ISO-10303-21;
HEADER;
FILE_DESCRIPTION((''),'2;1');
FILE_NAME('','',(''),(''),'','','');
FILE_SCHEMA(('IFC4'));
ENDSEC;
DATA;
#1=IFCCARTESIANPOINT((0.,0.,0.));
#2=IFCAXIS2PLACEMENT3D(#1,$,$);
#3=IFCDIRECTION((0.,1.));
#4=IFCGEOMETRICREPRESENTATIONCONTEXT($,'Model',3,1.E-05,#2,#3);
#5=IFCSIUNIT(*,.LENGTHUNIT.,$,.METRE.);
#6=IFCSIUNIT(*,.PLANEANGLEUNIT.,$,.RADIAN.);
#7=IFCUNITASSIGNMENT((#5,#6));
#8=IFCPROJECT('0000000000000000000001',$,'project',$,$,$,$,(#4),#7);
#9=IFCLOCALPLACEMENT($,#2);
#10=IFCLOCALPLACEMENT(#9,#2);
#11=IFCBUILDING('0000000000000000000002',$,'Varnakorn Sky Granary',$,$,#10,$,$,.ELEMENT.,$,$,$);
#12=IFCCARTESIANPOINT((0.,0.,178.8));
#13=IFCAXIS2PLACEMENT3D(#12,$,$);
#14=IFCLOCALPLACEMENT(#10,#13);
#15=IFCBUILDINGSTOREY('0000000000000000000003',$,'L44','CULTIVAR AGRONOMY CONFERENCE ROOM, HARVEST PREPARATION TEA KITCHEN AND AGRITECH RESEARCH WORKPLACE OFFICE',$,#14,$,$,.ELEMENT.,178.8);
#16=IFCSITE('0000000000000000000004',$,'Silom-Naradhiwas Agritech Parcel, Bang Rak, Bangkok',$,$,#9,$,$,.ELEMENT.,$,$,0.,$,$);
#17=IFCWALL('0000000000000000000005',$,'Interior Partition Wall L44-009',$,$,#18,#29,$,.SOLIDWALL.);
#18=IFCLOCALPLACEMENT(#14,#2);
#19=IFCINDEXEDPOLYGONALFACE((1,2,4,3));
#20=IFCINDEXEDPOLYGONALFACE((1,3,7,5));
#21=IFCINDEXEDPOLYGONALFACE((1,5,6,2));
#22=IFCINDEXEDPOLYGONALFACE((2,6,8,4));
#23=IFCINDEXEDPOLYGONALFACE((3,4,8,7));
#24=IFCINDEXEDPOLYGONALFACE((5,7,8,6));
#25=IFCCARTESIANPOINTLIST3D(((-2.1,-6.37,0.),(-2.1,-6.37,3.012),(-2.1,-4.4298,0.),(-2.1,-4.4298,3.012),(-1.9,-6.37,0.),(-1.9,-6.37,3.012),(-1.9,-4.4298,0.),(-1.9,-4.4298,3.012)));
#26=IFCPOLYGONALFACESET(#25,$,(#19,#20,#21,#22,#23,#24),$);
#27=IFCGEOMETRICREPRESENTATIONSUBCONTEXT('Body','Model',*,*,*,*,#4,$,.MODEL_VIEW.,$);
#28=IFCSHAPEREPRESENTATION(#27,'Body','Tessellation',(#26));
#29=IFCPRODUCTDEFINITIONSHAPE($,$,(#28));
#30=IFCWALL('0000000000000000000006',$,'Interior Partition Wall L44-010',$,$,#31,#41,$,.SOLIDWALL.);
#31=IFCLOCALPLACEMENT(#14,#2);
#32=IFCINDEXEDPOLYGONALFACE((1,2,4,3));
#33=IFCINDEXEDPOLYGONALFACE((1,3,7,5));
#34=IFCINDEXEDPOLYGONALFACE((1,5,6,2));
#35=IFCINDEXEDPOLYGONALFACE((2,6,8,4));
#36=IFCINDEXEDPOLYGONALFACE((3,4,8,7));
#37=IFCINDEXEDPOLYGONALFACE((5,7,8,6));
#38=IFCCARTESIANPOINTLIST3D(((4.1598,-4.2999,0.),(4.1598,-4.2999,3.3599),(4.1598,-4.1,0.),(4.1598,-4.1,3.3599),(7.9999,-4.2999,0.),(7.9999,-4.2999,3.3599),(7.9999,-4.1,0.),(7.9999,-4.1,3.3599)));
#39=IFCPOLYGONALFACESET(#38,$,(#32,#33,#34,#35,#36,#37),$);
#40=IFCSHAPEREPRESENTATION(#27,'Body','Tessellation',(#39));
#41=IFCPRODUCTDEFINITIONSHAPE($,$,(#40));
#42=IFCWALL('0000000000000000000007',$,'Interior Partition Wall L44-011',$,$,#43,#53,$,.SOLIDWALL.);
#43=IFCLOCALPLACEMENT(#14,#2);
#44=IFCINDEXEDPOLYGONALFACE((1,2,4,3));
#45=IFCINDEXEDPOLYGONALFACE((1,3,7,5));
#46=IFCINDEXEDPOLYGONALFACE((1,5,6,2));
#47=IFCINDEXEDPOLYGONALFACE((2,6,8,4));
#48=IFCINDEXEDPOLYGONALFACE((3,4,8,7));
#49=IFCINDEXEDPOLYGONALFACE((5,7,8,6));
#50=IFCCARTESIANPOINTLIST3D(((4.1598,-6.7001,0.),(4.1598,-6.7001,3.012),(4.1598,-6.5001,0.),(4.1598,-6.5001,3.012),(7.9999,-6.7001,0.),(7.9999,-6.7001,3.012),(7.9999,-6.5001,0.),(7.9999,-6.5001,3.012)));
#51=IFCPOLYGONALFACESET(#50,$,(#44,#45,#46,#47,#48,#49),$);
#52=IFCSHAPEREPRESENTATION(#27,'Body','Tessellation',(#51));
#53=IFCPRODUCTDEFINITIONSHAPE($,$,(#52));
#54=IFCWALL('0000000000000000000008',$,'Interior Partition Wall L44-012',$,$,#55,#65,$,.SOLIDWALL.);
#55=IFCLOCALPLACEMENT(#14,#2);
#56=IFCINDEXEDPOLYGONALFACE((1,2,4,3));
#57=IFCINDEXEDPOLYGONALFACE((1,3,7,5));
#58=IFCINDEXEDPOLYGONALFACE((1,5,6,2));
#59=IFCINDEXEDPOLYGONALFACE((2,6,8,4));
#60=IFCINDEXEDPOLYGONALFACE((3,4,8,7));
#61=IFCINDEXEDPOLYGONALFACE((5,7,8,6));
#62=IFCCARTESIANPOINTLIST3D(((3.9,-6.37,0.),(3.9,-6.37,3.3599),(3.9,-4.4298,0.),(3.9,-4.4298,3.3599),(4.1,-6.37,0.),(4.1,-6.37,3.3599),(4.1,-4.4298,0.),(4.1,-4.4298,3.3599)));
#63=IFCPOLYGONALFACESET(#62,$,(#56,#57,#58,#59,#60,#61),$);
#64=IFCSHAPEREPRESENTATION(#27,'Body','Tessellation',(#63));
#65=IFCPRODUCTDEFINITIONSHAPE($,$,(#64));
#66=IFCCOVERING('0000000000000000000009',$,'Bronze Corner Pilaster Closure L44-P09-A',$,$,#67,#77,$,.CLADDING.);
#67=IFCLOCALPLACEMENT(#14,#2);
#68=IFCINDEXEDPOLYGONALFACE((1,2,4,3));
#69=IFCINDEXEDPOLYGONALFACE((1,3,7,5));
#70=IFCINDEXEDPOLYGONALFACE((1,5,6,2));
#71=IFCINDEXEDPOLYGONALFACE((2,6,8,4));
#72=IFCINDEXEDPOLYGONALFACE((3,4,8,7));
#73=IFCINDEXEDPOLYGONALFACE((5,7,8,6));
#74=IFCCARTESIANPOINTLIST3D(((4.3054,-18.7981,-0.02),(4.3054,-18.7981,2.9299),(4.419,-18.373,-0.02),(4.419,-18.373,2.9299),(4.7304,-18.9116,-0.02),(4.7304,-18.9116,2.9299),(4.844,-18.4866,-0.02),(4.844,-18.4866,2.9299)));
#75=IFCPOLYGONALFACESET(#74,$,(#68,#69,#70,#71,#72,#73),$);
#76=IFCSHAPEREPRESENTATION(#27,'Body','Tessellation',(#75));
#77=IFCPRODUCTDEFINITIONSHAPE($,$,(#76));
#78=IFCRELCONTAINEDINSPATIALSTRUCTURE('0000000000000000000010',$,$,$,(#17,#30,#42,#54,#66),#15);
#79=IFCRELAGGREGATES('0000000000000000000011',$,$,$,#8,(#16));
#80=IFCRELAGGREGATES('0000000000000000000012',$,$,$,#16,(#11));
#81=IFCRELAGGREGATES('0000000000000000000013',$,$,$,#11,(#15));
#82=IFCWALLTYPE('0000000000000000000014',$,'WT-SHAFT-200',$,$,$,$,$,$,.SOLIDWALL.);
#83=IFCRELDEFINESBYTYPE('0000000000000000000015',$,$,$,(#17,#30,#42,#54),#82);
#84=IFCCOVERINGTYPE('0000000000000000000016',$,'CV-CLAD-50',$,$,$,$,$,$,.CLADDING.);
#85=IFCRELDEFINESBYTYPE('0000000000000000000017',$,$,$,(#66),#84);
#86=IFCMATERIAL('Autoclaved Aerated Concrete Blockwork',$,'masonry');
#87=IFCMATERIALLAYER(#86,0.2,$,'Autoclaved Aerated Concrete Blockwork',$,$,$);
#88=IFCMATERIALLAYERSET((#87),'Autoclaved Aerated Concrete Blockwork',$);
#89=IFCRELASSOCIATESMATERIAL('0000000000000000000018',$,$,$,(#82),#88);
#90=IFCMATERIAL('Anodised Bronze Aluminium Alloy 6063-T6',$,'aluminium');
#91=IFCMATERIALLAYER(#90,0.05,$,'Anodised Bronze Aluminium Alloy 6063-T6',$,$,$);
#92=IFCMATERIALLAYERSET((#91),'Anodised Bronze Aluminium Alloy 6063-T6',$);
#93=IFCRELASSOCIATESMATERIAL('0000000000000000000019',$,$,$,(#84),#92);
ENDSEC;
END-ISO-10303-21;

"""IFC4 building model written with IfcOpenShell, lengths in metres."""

from ifc_helpers import new_model, si_unit, direction, frame, frame_2d, origin, origin_2d, place, context, subcontext, project, spatial, rectangle, extrude, source, transform, mapped, material, layer, layer_set, type_object, type_shapes, element, save


model = new_model("IFC4")

# Units and contexts
model_context = context("Model", 3, precision=1e-05, world=origin(), true_north=direction((0.0, 1.0)))
body_context = subcontext(model_context, "Body", "Model", "MODEL_VIEW")
ifc_project = project(units=[si_unit("LENGTHUNIT", "METRE"), si_unit("PLANEANGLEUNIT", "RADIAN")], contexts=[model_context])

# Site, building, storey
site_placement = place(None, origin())
site = spatial("IfcSite", under=ifc_project, at=site_placement, Name="Silom-Naradhiwas Agritech Parcel, Bang Rak, Bangkok", CompositionType="ELEMENT", RefElevation=0.0)
building_placement = place(site_placement, origin())
building = spatial("IfcBuilding", under=site, at=building_placement, Name="Varnakorn Sky Granary", CompositionType="ELEMENT")
storey_placement = place(building_placement, frame((0.0, 0.0, 178.8)))
storey = spatial("IfcBuildingStorey", under=building, at=storey_placement, Name="L44", Description="CULTIVAR AGRONOMY CONFERENCE ROOM, HARVEST PREPARATION TEA KITCHEN AND AGRITECH RESEARCH WORKPLACE OFFICE", CompositionType="ELEMENT", Elevation=178.8)

# Shared definitions
ifc_material_1 = material(Name="Autoclaved Aerated Concrete Blockwork", Category="masonry")

# Shared definitions
ifc_layer_1 = layer(ifc_material_1, 0.2, Name="Autoclaved Aerated Concrete Blockwork")
ifc_layer_set_1 = layer_set([ifc_layer_1], Name="Autoclaved Aerated Concrete Blockwork")
wall_type_1 = type_object("IfcWallType", Name="WT-SHAFT-200", PredefinedType="SOLIDWALL", material=ifc_layer_set_1)

# Walls
wall_1_placement = place(storey_placement, frame((-2.0, -6.3701, 0.0), z_axis=(0.0, 0.0, 1.0), x_axis=(0.0, 1.0, 0.0)))
element("IfcWall", 1, at=wall_1_placement, inside=storey, type_object=wall_type_1, Name="Interior Partition Wall L44-009", PredefinedType="SOLIDWALL", context=body_context, shape_type="SweptSolid", body=[
    extrude(rectangle(XDim=1.9402, YDim=0.2, at=frame_2d((0.9702, 0.0))), origin(), (0.0, 0.0, 1.0), 3.012),
])
wall_2_placement = place(storey_placement, frame((4.1599, -4.2, 0.0), z_axis=(0.0, 0.0, 1.0), x_axis=(1.0, 0.0, 0.0)))
element("IfcWall", 2, at=wall_2_placement, inside=storey, type_object=wall_type_1, Name="Interior Partition Wall L44-010", PredefinedType="SOLIDWALL", context=body_context, shape_type="SweptSolid", body=[
    extrude(rectangle(XDim=3.8401, YDim=0.2, at=frame_2d((1.9199, 0.0))), origin(), (0.0, 0.0, 1.0), 3.3599),
])
wall_3_placement = place(storey_placement, frame((4.1599, -6.6001, 0.0), z_axis=(0.0, 0.0, 1.0), x_axis=(1.0, 0.0, 0.0)))
element("IfcWall", 3, at=wall_3_placement, inside=storey, type_object=wall_type_1, Name="Interior Partition Wall L44-011", PredefinedType="SOLIDWALL", context=body_context, shape_type="SweptSolid", body=[
    extrude(rectangle(XDim=3.8401, YDim=0.2, at=frame_2d((1.9199, 0.0))), origin(), (0.0, 0.0, 1.0), 3.012),
])
wall_4_placement = place(storey_placement, frame((4.0, -6.3701, 0.0), z_axis=(0.0, 0.0, 1.0), x_axis=(0.0, 1.0, 0.0)))
element("IfcWall", 4, at=wall_4_placement, inside=storey, type_object=wall_type_1, Name="Interior Partition Wall L44-012", PredefinedType="SOLIDWALL", context=body_context, shape_type="SweptSolid", body=[
    extrude(rectangle(XDim=1.9402, YDim=0.2, at=frame_2d((0.9702, 0.0))), origin(), (0.0, 0.0, 1.0), 3.3599),
])

# Shared definitions
ifc_material_2 = material(Name="Anodised Bronze Aluminium Alloy 6063-T6", Category="aluminium")

# Covering
ifc_layer_2 = layer(ifc_material_2, 0.05, Name="Anodised Bronze Aluminium Alloy 6063-T6")
ifc_layer_set_2 = layer_set([ifc_layer_2], Name="Anodised Bronze Aluminium Alloy 6063-T6")
covering_type = type_object("IfcCoveringType", Name="CV-CLAD-50", PredefinedType="CLADDING", material=ifc_layer_set_2)
shared_shape = source(origin(), body_context, "Body", "SweptSolid", [
    extrude(rectangle(XDim=0.4399, YDim=0.4399, at=origin_2d()), origin(), (0.0, 0.0, 1.0), 2.95),
])
type_shapes(covering_type, [shared_shape])
covering_placement = place(storey_placement, frame((4.5747, -18.6423, -0.02), z_axis=(0.0, 0.0, 1.0), x_axis=(-0.966106, 0.258145, 0.0)))
element("IfcCovering", 5, at=covering_placement, inside=storey, type_object=covering_type, Name="Bronze Corner Pilaster Closure L44-P09-A", PredefinedType="CLADDING", context=body_context, shape_type="MappedRepresentation", body=[
    mapped(shared_shape, transform((0.0, 0.0, 0.0), x_axis=(1.0, 0.0, 0.0), y_axis=(0.0, 1.0, 0.0), z_axis=(0.0, 0.0, 1.0), scale=1.0)),
])

save(model, "model.ifc")
